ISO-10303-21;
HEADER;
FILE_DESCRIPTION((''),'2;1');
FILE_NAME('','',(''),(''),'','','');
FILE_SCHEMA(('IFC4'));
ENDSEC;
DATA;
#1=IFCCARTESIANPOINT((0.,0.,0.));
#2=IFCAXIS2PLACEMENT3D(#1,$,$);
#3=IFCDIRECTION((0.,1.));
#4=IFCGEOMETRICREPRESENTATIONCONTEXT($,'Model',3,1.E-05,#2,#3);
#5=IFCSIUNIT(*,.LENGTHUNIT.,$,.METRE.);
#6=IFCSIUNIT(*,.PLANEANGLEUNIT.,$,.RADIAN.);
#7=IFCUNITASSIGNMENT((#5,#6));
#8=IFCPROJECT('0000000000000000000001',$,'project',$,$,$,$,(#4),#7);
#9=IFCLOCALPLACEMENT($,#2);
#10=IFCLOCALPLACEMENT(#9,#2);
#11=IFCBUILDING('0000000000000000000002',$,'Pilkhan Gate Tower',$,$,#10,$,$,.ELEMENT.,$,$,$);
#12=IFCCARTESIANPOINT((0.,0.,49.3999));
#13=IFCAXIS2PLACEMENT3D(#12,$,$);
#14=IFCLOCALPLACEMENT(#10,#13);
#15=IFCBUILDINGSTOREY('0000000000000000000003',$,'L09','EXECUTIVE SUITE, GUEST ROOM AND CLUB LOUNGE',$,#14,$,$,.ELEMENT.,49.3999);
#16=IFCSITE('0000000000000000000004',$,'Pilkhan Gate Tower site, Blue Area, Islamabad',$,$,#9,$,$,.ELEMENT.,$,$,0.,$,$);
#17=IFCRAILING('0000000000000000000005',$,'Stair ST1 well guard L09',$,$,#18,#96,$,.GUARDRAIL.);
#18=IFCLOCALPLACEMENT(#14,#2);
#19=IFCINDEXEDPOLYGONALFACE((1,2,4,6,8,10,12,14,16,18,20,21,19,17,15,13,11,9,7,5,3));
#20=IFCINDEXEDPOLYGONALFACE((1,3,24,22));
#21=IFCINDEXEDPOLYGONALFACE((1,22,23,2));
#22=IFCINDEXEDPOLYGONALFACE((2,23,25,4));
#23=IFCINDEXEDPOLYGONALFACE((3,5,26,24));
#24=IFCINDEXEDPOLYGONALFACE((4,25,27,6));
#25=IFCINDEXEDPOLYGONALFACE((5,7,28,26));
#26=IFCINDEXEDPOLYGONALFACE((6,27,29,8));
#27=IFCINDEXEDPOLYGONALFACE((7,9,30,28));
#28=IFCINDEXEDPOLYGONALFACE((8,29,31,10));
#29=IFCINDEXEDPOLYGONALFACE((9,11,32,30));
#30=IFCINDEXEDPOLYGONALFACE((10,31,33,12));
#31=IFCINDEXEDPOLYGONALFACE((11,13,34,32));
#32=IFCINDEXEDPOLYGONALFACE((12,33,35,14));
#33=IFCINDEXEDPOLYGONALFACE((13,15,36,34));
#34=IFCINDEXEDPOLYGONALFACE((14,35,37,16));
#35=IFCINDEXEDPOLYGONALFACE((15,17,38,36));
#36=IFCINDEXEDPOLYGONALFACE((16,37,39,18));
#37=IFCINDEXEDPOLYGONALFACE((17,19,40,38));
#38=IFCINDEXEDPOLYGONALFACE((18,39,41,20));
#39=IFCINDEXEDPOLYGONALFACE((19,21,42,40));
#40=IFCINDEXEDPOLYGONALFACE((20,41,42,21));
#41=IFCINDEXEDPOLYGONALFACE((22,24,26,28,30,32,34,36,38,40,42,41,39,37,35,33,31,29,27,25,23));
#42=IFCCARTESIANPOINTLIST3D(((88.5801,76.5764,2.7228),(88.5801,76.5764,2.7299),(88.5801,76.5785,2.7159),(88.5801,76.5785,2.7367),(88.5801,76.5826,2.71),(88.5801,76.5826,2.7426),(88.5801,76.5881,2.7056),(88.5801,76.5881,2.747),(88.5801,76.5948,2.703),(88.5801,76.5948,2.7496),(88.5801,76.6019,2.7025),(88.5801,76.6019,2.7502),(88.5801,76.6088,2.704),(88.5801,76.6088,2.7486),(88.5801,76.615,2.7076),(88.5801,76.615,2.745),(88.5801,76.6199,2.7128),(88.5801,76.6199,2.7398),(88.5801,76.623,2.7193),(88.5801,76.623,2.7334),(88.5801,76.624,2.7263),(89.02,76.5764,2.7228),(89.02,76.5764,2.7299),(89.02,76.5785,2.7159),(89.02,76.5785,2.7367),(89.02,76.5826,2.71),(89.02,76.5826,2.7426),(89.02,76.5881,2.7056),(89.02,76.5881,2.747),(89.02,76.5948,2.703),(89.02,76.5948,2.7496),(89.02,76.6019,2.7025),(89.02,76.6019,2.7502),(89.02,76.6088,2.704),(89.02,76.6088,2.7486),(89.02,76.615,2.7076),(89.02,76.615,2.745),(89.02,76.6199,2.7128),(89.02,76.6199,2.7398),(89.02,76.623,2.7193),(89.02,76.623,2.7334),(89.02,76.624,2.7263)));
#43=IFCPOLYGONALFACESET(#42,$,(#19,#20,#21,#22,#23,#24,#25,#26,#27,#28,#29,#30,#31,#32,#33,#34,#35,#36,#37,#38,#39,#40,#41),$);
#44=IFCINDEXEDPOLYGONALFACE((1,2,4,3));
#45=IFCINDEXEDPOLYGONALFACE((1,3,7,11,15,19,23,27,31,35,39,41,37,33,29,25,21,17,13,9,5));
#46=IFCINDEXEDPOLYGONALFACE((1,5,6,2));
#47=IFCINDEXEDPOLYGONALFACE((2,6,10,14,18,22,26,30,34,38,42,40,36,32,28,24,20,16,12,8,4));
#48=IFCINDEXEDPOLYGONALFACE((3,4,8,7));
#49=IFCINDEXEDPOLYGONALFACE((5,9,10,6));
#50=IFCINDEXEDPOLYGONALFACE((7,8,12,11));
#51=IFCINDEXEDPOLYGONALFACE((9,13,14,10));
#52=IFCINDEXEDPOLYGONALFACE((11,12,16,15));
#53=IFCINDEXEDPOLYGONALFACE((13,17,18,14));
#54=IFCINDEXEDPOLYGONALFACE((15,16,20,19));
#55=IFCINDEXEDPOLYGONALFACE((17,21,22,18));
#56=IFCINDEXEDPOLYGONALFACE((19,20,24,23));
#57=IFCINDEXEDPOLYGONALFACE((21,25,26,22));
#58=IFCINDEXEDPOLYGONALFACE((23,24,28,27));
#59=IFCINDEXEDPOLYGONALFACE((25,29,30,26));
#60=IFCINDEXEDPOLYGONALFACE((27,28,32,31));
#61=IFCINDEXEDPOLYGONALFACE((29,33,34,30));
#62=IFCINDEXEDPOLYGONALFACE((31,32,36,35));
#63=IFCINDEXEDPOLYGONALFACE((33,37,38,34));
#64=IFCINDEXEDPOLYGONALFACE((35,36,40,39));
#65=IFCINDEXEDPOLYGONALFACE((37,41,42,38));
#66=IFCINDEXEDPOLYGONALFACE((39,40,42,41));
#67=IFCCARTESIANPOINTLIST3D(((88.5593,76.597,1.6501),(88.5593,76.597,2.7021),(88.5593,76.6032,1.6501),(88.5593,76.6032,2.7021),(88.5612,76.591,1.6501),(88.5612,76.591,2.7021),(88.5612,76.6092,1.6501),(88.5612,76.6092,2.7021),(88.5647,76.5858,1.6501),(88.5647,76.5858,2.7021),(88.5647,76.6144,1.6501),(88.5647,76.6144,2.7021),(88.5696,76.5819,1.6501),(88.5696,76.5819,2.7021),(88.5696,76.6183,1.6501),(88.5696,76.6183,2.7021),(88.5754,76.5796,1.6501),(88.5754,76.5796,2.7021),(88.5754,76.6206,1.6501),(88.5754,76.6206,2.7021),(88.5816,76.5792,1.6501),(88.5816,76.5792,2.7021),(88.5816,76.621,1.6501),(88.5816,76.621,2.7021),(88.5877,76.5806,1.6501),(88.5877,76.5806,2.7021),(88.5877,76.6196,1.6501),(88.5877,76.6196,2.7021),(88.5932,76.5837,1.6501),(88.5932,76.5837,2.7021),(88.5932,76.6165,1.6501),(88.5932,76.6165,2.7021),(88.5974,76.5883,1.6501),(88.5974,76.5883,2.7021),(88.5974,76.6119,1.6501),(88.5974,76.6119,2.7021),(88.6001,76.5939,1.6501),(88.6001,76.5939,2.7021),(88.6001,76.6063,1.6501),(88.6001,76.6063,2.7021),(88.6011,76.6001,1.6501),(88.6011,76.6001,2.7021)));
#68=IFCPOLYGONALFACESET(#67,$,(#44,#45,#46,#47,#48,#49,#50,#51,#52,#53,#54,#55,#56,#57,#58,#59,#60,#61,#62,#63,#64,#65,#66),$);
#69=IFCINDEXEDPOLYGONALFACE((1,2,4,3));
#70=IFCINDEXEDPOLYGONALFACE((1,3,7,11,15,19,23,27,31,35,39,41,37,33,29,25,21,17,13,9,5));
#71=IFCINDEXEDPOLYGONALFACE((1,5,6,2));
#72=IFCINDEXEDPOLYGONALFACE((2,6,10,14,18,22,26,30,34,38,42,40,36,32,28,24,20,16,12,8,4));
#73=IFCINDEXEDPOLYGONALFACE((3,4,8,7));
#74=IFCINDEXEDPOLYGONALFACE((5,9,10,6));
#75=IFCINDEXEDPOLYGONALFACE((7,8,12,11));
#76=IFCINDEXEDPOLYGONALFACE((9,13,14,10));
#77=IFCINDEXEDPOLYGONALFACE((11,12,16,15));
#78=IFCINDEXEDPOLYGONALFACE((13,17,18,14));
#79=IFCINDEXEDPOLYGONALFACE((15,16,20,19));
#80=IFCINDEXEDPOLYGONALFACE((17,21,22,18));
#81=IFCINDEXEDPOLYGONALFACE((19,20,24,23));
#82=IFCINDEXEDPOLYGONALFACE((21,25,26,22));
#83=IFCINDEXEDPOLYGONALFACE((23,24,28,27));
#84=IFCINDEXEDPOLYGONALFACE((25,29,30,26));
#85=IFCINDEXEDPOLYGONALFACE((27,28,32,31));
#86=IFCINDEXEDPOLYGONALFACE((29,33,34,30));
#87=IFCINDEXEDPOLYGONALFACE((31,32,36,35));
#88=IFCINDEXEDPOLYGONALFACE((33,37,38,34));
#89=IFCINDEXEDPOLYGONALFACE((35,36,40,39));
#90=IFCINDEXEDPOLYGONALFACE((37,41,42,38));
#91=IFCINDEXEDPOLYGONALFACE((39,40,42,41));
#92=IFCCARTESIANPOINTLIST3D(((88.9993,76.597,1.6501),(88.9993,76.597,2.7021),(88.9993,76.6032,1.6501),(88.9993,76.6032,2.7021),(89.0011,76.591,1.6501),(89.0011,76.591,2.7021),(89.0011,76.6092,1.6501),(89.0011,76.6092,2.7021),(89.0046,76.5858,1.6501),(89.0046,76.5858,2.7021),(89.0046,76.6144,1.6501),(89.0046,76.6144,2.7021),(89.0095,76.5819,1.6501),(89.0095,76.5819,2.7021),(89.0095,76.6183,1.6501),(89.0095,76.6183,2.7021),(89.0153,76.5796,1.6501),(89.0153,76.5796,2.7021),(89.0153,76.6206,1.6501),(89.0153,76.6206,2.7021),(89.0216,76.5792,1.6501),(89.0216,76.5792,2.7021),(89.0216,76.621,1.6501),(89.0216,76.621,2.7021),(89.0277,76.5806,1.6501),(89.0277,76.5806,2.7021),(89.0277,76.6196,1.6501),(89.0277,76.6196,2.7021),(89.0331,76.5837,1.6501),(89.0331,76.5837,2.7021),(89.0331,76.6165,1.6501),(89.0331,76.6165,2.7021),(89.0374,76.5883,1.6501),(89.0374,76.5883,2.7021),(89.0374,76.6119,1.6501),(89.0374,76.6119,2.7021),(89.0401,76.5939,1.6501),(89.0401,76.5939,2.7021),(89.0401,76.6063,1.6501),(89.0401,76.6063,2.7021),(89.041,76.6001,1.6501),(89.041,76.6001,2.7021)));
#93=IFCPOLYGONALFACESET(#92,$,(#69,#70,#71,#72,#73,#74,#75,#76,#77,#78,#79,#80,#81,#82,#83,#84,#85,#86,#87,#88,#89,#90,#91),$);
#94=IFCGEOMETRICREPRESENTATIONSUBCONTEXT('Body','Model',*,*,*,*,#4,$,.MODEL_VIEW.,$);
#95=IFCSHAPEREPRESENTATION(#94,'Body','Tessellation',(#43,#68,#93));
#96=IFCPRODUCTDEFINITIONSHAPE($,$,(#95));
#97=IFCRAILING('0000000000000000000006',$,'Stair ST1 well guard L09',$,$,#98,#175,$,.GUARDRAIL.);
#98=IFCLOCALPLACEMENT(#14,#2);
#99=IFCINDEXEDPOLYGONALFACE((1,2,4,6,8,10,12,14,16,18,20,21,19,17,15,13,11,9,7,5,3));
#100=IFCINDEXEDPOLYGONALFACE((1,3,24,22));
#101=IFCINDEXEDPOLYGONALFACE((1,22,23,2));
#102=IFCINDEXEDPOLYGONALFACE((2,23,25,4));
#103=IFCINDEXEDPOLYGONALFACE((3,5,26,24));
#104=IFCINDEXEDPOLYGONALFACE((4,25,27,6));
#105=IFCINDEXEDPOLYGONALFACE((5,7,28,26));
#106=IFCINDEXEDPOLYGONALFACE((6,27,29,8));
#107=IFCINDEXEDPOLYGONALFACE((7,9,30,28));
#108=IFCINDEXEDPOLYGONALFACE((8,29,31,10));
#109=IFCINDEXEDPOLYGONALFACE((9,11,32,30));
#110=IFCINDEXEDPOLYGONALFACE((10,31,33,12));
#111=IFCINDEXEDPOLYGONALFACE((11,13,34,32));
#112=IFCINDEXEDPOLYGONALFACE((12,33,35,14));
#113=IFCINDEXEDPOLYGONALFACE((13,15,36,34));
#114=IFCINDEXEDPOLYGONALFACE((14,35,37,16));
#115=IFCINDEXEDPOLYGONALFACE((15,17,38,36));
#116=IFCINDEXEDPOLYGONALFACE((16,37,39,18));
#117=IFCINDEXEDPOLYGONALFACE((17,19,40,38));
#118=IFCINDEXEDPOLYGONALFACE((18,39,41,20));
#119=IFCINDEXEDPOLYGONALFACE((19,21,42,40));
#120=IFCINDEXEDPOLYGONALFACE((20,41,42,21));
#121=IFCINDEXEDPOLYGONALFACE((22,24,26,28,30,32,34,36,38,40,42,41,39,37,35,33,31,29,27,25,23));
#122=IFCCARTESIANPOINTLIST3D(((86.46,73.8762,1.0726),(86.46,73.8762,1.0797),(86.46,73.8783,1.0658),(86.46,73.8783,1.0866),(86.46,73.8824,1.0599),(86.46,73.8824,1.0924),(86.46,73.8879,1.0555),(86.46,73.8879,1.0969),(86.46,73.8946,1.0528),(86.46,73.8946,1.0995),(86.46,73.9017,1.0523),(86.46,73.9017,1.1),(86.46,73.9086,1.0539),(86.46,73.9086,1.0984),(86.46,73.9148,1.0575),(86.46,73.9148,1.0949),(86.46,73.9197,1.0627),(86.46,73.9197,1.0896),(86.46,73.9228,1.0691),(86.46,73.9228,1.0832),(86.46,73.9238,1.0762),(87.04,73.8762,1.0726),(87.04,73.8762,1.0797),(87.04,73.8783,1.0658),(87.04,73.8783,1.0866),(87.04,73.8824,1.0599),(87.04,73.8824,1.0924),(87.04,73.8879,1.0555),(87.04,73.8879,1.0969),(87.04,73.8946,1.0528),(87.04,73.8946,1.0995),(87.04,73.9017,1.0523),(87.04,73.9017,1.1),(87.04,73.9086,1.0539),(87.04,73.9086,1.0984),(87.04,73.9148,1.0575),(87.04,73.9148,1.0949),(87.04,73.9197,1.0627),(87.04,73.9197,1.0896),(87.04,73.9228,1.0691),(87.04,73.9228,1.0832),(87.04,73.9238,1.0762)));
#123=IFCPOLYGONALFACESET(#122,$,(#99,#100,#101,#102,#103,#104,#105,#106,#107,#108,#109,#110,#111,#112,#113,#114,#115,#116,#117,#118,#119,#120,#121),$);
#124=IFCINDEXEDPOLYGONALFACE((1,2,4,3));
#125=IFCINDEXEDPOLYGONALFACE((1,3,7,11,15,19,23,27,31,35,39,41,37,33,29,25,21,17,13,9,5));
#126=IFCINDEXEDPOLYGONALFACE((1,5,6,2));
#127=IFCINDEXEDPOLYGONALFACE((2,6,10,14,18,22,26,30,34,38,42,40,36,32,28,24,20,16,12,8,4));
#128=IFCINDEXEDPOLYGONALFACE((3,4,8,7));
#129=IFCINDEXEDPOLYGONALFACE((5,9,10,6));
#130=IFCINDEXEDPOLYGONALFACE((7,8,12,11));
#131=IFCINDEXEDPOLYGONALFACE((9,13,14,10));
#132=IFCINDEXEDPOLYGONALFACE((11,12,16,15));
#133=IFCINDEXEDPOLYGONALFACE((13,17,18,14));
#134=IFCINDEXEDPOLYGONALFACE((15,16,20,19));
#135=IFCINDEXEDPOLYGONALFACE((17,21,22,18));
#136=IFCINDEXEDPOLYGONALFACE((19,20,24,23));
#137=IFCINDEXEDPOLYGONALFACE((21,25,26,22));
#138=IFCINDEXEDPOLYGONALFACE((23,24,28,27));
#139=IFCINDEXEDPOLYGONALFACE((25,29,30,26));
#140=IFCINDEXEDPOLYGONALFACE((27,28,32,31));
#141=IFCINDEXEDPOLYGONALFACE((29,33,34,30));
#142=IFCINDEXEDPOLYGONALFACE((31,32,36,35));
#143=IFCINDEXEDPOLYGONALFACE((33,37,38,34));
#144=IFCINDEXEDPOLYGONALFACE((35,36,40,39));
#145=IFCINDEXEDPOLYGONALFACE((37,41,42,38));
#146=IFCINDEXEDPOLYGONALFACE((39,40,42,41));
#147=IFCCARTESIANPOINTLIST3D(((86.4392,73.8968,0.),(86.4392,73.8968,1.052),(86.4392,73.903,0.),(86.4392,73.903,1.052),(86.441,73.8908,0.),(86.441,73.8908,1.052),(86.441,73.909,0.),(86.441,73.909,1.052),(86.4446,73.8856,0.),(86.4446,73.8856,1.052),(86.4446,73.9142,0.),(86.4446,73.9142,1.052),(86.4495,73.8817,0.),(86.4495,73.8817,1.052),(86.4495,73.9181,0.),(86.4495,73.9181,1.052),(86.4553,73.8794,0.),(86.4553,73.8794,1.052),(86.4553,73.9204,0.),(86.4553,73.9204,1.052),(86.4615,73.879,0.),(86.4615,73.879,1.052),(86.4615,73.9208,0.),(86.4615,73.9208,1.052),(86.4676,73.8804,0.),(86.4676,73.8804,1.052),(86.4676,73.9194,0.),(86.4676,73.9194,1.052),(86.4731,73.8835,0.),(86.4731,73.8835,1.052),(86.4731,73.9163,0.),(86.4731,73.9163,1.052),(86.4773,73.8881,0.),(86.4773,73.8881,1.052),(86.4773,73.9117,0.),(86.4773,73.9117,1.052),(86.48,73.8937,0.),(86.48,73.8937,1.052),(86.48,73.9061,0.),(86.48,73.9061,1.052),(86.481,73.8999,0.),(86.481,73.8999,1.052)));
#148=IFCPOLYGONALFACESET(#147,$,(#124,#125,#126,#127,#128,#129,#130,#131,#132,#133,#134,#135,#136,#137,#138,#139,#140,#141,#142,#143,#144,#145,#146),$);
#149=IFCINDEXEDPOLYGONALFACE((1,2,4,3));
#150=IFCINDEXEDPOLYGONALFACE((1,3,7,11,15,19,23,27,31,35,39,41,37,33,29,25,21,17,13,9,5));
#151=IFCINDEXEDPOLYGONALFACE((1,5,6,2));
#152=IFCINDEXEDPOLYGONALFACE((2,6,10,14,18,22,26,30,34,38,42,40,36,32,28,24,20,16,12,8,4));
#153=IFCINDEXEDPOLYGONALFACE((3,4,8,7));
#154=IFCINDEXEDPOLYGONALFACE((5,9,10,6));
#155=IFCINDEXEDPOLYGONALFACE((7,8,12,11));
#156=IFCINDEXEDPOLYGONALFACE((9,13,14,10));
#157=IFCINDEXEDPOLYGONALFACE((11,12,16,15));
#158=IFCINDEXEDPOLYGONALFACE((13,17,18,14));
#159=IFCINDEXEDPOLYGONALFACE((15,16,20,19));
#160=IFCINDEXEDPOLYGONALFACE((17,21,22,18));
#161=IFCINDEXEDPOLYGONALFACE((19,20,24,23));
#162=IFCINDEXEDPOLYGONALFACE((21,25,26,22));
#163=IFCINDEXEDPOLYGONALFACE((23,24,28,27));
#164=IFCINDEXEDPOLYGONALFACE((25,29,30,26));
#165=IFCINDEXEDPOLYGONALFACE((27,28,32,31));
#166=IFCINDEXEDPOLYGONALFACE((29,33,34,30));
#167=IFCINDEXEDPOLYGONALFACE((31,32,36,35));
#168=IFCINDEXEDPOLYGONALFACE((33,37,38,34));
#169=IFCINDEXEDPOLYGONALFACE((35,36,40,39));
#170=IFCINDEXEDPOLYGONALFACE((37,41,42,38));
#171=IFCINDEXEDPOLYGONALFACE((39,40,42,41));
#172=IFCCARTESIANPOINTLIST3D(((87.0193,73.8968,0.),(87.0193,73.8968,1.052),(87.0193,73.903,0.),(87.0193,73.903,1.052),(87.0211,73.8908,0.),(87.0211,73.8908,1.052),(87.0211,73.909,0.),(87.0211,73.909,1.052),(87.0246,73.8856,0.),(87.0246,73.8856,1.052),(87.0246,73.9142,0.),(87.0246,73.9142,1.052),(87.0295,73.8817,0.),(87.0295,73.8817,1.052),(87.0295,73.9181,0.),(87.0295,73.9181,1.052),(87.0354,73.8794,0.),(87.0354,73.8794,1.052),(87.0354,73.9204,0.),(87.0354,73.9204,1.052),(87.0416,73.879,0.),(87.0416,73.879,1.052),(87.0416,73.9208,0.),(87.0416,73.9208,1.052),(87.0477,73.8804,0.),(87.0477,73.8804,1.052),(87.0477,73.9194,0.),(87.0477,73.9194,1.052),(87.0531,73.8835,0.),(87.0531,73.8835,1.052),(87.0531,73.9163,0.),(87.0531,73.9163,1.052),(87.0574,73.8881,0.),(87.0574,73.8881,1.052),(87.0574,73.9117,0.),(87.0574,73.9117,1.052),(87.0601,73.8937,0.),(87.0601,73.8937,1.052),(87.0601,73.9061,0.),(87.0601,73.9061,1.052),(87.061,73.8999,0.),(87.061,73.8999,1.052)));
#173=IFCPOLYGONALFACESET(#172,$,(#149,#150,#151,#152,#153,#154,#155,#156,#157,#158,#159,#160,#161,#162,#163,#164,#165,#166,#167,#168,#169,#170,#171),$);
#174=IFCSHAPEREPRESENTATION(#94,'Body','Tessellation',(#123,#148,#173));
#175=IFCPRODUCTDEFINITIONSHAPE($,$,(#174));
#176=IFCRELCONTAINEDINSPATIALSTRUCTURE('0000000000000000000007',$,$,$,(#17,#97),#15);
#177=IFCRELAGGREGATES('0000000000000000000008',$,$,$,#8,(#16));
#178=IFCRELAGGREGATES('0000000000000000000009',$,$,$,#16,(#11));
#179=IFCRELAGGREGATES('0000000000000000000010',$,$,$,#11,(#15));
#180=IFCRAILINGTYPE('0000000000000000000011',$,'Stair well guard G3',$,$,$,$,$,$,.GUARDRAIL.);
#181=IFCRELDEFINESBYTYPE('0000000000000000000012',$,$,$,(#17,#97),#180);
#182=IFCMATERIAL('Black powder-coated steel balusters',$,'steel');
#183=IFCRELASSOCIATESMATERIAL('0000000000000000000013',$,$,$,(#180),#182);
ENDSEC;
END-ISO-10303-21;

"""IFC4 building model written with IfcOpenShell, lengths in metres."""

from ifc_helpers import new_model, si_unit, direction, frame, origin, origin_2d, place, context, subcontext, project, spatial, circle, extrude, material, type_object, element, save


model = new_model("IFC4")

# Units and contexts
model_context = context("Model", 3, precision=1e-05, world=origin(), true_north=direction((0.0, 1.0)))
body_context = subcontext(model_context, "Body", "Model", "MODEL_VIEW")
ifc_project = project(units=[si_unit("LENGTHUNIT", "METRE"), si_unit("PLANEANGLEUNIT", "RADIAN")], contexts=[model_context])

# Site, building, storey
site_placement = place(None, origin())
site = spatial("IfcSite", under=ifc_project, at=site_placement, Name="Pilkhan Gate Tower site, Blue Area, Islamabad", CompositionType="ELEMENT", RefElevation=0.0)
building_placement = place(site_placement, origin())
building = spatial("IfcBuilding", under=site, at=building_placement, Name="Pilkhan Gate Tower", CompositionType="ELEMENT")
storey_placement = place(building_placement, frame((0.0, 0.0, 49.3999)))
storey = spatial("IfcBuildingStorey", under=building, at=storey_placement, Name="L09", Description="EXECUTIVE SUITE, GUEST ROOM AND CLUB LOUNGE", CompositionType="ELEMENT", Elevation=49.3999)

# Railings
ifc_material_1 = material(Name="Black powder-coated steel balusters", Category="steel")
railing_type_1 = type_object("IfcRailingType", Name="Stair well guard G3", PredefinedType="GUARDRAIL", material=ifc_material_1)
railing_1_placement = place(storey_placement, frame((88.5801, 76.6001, 1.6501)))
element("IfcRailing", 1, at=railing_1_placement, inside=storey, type_object=railing_type_1, Name="Stair ST1 well guard L09", PredefinedType="GUARDRAIL", context=body_context, shape_type="SweptSolid", body=[
    extrude(circle(Radius=0.0239, at=origin_2d()), frame((0.0, 0.0, 1.0762), z_axis=(1.0, 0.0, 0.0), x_axis=(0.0, 1.0, 0.0)), (0.0, 0.0, 1.0), 0.4399),
    extrude(circle(Radius=0.021, at=origin_2d()), origin(), (0.0, 0.0, 1.0), 1.052),
    extrude(circle(Radius=0.021, at=origin_2d()), frame((0.4399, 0.0, 0.0)), (0.0, 0.0, 1.0), 1.052),
])
for number, where, name in (
    (2, (86.46, 73.8999, 0.0), "Stair ST1 well guard L09"),
):
    element("IfcRailing", number, at=place(storey_placement, frame(where)), inside=storey, type_object=railing_type_1, Name=name, PredefinedType="GUARDRAIL", context=body_context, shape_type="SweptSolid", body=[
        extrude(circle(Radius=0.0239, at=origin_2d()), frame((0.0, 0.0, 1.0762), z_axis=(1.0, 0.0, 0.0), x_axis=(0.0, 1.0, 0.0)), (0.0, 0.0, 1.0), 0.5801),
        extrude(circle(Radius=0.021, at=origin_2d()), origin(), (0.0, 0.0, 1.0), 1.052),
        extrude(circle(Radius=0.021, at=origin_2d()), frame((0.5801, 0.0, 0.0)), (0.0, 0.0, 1.0), 1.052),
    ])

save(model, "model.ifc")
